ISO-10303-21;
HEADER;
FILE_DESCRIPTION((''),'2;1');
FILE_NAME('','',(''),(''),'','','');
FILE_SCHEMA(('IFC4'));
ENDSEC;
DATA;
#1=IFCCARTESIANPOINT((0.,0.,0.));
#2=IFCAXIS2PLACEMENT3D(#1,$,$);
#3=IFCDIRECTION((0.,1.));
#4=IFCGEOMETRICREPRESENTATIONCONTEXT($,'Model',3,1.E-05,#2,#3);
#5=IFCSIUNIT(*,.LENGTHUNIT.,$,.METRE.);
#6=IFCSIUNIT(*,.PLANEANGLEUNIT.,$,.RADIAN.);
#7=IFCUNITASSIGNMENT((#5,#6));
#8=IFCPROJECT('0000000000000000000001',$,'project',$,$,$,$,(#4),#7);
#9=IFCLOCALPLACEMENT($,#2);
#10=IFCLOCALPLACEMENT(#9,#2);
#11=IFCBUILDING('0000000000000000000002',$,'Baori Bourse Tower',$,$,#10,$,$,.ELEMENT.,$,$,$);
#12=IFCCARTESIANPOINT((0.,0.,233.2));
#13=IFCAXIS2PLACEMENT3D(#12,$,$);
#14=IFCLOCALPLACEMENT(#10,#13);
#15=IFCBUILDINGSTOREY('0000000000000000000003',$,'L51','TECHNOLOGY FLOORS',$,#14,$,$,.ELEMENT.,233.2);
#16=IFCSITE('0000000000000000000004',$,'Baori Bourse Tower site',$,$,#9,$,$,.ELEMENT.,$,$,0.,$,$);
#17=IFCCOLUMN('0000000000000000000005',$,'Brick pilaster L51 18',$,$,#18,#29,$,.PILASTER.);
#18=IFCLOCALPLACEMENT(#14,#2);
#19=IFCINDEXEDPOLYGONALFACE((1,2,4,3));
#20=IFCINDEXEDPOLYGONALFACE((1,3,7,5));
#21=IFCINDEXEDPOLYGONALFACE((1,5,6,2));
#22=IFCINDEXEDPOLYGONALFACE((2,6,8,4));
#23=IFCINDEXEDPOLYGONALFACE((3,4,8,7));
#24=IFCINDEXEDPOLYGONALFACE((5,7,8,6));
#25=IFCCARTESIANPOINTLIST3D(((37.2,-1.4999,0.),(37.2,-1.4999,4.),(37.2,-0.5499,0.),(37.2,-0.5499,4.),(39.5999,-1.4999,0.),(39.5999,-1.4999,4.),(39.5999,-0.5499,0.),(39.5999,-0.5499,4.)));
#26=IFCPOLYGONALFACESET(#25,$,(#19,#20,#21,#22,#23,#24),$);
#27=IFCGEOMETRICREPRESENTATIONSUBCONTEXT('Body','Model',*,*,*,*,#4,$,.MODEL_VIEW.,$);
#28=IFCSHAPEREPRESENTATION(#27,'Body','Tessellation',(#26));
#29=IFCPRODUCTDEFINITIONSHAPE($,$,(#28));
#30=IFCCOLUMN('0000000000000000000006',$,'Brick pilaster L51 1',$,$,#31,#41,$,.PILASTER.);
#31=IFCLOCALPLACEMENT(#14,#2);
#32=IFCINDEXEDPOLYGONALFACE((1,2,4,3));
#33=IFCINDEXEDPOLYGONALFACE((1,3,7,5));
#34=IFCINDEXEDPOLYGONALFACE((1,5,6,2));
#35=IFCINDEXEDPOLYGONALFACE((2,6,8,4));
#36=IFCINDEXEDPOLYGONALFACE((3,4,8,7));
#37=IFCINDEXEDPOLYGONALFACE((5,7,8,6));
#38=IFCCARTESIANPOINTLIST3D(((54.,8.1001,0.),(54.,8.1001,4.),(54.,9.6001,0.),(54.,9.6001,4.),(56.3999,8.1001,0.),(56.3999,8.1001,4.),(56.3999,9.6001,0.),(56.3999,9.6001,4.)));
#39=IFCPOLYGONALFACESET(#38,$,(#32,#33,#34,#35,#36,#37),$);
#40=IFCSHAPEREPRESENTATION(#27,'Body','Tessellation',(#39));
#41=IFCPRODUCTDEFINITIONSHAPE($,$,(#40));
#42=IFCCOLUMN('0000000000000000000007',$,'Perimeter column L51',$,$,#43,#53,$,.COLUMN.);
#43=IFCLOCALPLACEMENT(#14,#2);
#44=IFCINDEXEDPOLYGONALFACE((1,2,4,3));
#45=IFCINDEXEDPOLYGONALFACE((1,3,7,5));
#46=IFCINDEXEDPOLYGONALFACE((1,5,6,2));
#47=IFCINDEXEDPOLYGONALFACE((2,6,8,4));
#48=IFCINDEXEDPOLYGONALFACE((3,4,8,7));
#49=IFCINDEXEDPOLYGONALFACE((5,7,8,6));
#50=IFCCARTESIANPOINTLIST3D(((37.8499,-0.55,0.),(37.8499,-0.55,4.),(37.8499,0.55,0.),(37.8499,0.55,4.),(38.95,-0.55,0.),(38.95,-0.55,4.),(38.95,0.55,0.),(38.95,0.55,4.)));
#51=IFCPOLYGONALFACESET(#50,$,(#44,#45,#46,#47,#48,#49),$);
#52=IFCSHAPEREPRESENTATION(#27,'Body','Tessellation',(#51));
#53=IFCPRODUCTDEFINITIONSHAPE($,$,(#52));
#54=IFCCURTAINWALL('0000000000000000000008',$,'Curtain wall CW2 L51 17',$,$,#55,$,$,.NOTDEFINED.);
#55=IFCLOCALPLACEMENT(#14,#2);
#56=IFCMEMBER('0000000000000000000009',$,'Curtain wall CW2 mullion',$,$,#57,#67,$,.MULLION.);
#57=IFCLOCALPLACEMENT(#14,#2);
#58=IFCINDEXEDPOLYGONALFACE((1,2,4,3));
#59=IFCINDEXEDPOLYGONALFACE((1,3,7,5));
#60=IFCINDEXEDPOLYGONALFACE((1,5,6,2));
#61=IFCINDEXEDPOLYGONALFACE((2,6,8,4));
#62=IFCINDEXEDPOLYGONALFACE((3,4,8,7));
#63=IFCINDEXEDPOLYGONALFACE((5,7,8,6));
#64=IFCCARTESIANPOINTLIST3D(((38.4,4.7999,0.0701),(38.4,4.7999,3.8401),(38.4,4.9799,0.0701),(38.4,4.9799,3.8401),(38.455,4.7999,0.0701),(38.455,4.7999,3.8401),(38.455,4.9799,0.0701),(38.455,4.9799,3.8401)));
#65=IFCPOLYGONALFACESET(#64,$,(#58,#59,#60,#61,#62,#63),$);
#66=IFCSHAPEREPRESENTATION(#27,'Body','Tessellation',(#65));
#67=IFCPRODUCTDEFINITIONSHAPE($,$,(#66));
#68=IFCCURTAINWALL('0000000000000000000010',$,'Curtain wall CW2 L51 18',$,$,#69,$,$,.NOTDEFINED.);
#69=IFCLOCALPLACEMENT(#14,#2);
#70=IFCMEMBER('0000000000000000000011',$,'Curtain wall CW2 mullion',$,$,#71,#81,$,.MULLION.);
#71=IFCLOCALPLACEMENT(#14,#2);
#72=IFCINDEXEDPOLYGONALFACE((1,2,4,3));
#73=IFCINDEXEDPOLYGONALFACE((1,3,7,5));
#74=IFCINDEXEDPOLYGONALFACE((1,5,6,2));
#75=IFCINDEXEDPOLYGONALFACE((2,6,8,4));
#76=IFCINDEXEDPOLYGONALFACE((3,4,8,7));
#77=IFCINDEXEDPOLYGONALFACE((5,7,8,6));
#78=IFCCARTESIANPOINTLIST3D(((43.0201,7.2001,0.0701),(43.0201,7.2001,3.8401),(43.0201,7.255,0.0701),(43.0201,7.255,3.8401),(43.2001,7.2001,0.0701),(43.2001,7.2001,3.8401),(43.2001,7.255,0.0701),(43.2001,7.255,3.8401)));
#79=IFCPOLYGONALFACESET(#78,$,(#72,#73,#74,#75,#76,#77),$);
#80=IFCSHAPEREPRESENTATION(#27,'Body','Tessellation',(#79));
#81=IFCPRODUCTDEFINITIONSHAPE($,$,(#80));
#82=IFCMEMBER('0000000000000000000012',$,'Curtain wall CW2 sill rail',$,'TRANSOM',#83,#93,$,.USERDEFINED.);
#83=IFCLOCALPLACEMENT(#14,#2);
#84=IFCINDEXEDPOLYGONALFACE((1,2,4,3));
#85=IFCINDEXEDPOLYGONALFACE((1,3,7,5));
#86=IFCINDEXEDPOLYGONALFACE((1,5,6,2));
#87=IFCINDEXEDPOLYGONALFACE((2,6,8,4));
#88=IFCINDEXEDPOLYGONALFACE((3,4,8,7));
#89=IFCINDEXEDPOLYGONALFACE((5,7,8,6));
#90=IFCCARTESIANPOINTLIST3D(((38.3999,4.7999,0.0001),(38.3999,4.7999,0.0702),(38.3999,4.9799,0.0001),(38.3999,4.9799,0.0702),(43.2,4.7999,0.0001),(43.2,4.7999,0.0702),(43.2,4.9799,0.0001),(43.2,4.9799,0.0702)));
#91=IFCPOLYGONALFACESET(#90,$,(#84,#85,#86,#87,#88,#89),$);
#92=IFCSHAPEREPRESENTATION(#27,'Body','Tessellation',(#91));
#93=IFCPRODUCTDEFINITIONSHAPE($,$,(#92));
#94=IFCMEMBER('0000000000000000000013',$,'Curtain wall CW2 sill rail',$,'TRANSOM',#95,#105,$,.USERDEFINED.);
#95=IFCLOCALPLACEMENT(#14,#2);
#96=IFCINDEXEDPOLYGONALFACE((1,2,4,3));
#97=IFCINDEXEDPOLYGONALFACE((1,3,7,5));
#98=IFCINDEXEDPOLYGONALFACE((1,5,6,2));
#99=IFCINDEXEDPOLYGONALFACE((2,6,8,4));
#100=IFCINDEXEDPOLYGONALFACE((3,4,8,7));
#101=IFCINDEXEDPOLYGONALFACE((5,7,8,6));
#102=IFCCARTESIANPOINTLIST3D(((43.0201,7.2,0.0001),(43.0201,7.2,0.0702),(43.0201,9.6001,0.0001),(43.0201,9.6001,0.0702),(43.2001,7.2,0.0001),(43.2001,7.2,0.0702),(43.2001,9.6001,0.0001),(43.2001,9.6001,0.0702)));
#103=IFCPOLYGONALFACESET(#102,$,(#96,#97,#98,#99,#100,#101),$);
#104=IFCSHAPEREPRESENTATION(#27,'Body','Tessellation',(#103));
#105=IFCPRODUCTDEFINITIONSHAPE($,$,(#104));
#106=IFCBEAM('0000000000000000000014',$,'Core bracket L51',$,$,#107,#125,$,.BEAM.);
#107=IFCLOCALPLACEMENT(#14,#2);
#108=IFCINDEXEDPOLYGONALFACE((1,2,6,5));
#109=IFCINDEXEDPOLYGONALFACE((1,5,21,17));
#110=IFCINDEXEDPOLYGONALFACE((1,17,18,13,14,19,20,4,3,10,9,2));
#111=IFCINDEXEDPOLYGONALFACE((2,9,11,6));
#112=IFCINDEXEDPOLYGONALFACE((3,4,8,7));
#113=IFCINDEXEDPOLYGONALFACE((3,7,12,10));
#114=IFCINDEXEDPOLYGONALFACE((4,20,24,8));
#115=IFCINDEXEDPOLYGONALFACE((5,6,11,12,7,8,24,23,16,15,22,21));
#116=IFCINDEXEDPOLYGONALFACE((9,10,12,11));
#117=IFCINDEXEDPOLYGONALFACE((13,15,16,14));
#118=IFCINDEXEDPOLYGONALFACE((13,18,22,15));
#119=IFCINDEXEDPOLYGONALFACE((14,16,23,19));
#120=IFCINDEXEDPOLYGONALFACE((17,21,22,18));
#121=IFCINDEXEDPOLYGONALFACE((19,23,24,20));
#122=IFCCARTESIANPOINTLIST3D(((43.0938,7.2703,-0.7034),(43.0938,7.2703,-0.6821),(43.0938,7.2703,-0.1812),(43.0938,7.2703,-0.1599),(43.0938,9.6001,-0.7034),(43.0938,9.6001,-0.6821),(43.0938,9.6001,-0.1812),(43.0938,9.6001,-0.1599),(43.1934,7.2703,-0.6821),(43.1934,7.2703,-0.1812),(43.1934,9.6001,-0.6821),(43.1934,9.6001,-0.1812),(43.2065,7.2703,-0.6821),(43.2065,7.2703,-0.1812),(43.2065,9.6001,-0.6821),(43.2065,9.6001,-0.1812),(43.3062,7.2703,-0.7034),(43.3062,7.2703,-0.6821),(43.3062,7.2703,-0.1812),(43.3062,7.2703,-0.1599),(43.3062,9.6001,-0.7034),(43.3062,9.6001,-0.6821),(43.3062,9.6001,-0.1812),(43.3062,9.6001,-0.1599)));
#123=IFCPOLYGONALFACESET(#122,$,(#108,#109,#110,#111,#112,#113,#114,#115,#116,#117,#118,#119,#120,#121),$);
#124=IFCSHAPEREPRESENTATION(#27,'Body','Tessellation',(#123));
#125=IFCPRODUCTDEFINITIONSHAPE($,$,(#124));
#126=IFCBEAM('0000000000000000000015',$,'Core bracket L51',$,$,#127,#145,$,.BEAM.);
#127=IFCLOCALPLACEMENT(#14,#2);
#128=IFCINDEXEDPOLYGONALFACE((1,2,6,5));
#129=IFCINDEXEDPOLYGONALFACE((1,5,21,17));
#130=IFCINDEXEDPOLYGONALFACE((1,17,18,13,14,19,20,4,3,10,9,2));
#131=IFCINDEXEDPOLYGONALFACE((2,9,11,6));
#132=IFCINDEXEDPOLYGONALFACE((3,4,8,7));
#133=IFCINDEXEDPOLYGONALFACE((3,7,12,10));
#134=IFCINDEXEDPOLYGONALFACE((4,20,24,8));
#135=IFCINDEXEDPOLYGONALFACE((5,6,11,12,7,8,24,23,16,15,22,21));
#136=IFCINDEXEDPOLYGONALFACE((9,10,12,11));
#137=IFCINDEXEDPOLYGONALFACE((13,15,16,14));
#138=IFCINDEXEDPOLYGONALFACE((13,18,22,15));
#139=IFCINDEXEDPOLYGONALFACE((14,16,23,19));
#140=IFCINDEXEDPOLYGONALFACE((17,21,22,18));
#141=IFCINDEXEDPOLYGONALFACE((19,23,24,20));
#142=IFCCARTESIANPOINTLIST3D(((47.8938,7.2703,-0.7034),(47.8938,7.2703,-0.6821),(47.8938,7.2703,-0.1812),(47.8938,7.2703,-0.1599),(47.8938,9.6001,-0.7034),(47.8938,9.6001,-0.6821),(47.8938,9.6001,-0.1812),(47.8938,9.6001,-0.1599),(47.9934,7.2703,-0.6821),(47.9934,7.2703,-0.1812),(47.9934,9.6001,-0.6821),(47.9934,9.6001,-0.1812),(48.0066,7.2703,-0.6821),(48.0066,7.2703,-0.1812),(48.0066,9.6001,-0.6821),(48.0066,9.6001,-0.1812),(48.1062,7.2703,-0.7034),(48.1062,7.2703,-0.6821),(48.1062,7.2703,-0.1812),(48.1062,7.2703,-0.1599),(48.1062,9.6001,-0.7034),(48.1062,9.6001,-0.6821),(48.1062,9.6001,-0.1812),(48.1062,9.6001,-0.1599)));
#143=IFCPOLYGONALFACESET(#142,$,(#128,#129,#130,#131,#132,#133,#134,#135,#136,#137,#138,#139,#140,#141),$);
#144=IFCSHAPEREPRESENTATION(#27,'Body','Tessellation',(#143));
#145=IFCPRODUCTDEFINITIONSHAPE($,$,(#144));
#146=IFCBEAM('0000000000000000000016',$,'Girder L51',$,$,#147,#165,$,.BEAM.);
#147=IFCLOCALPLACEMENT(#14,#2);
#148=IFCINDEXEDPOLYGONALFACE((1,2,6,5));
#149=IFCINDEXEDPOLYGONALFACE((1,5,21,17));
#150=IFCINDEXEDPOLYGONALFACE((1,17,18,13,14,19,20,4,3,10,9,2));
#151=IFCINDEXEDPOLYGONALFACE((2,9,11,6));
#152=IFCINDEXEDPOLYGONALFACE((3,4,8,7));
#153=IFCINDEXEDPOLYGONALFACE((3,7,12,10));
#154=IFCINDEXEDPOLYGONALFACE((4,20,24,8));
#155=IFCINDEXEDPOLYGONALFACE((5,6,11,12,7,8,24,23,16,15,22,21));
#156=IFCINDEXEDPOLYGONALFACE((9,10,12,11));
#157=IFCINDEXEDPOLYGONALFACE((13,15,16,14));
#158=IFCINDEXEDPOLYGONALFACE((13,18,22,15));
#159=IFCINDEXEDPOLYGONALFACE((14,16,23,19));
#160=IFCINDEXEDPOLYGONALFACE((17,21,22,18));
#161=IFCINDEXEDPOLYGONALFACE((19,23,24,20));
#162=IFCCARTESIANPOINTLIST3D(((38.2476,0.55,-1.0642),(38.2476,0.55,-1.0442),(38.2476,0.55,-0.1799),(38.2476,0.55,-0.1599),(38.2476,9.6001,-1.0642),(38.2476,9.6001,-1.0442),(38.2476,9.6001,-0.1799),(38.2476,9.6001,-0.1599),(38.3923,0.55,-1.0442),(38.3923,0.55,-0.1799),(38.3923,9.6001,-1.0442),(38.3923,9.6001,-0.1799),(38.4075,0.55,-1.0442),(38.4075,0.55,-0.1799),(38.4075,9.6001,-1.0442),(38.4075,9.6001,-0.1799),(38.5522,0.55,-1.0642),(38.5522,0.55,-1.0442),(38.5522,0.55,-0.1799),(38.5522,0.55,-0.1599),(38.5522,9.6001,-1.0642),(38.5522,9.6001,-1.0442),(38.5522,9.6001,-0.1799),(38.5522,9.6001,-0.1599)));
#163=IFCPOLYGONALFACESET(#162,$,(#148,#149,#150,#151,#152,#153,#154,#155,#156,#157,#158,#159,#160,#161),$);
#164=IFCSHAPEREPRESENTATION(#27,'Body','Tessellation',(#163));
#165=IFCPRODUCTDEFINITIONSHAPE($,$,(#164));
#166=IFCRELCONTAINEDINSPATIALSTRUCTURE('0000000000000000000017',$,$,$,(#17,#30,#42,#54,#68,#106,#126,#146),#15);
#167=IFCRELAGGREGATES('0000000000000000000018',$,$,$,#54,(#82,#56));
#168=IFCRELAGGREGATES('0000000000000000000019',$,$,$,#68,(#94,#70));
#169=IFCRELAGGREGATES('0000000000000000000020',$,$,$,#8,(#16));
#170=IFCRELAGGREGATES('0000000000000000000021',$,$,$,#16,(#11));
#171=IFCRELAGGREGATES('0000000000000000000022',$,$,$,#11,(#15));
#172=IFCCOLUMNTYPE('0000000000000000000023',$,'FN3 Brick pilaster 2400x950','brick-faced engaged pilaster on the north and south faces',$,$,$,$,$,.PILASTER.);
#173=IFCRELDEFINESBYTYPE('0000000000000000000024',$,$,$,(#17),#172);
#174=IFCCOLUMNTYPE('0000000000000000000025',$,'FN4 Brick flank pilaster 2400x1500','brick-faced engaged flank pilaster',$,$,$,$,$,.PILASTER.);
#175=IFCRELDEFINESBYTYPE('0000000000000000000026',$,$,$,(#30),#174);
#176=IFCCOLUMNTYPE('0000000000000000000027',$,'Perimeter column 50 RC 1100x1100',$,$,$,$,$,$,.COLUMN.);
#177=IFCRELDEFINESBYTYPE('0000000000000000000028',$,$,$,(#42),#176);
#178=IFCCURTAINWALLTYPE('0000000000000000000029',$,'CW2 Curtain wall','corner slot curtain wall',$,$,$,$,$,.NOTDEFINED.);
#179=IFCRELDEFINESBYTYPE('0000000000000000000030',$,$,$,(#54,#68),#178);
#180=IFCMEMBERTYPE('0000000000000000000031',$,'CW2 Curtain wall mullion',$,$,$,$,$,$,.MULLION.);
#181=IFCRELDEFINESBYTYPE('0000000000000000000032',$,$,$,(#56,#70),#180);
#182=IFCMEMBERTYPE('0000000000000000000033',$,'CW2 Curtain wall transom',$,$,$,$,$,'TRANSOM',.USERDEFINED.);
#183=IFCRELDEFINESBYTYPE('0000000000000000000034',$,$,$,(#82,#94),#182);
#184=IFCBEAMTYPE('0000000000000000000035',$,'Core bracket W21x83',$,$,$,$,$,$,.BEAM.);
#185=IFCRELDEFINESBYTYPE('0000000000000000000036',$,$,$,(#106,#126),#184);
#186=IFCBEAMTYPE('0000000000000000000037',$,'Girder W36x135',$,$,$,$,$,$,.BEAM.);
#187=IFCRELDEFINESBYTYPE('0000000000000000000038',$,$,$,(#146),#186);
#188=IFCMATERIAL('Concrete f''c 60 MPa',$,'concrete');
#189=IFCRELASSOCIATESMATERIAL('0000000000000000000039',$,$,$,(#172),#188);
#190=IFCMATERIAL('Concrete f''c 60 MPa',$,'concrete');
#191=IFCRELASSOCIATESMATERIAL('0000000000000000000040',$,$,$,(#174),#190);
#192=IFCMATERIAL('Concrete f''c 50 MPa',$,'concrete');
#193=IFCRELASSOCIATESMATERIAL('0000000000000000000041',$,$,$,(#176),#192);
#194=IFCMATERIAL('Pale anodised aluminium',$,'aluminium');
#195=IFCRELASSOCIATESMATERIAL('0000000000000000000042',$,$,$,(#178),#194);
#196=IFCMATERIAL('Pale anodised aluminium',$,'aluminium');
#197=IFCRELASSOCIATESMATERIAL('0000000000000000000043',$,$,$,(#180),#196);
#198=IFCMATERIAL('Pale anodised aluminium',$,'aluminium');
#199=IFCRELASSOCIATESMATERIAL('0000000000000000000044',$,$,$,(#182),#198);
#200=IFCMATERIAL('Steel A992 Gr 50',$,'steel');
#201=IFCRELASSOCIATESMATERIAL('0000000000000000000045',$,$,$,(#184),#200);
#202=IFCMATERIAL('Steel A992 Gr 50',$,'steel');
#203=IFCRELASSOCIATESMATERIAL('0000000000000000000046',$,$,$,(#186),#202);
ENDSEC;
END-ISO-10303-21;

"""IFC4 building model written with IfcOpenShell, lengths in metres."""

from ifc_helpers import new_model, si_unit, direction, frame, origin, origin_2d, place, context, subcontext, project, spatial, rectangle, i_section, extrude, material, material_profile, profile_set, type_object, element, aggregate, save


model = new_model("IFC4")

# Units and contexts
model_context = context("Model", 3, precision=1e-05, world=origin(), true_north=direction((0.0, 1.0)))
body_context = subcontext(model_context, "Body", "Model", "MODEL_VIEW")
ifc_project = project(units=[si_unit("LENGTHUNIT", "METRE"), si_unit("PLANEANGLEUNIT", "RADIAN")], contexts=[model_context])

# Site, building, storey
site_placement = place(None, origin())
site = spatial("IfcSite", under=ifc_project, at=site_placement, Name="Baori Bourse Tower site", CompositionType="ELEMENT", RefElevation=0.0)
building_placement = place(site_placement, origin())
building = spatial("IfcBuilding", under=site, at=building_placement, Name="Baori Bourse Tower", CompositionType="ELEMENT")
storey_placement = place(building_placement, frame((0.0, 0.0, 233.2)))
storey = spatial("IfcBuildingStorey", under=building, at=storey_placement, Name="L51", Description="TECHNOLOGY FLOORS", CompositionType="ELEMENT", Elevation=233.2)

# Columns
ifc_material_1 = material(Name="Concrete f'c 60 MPa", Category="concrete")
ifc_material_profile_1 = material_profile(ifc_material_1, rectangle(XDim=2.3999, YDim=0.95, at=origin_2d()), Name="RC 2400x950")
ifc_profile_set_1 = profile_set([ifc_material_profile_1], Name="Concrete f'c 60 MPa")
column_type_1 = type_object("IfcColumnType", Name="FN3 Brick pilaster 2400x950", Description="brick-faced engaged pilaster on the north and south faces", PredefinedType="PILASTER", material=ifc_profile_set_1)
column_1_placement = place(storey_placement, frame((38.3999, -1.0249, 0.0), z_axis=(0.0, 0.0, 1.0), x_axis=(1.0, 0.0, 0.0)))
element("IfcColumn", 1, at=column_1_placement, inside=storey, type_object=column_type_1, Name="Brick pilaster L51 18", PredefinedType="PILASTER", context=body_context, shape_type="SweptSolid", body=[
    extrude(rectangle(XDim=2.3999, YDim=0.95, at=origin_2d()), origin(), (0.0, 0.0, 1.0), 4.0),
])
ifc_material_2 = material(Name="Concrete f'c 60 MPa", Category="concrete")
ifc_material_profile_2 = material_profile(ifc_material_2, rectangle(XDim=2.3999, YDim=1.5, at=origin_2d()), Name="RC 2400x1500")
ifc_profile_set_2 = profile_set([ifc_material_profile_2], Name="Concrete f'c 60 MPa")
column_type_2 = type_object("IfcColumnType", Name="FN4 Brick flank pilaster 2400x1500", Description="brick-faced engaged flank pilaster", PredefinedType="PILASTER", material=ifc_profile_set_2)
column_2_placement = place(storey_placement, frame((55.2, 8.8501, 0.0), z_axis=(0.0, 0.0, 1.0), x_axis=(1.0, 0.0, 0.0)))
element("IfcColumn", 2, at=column_2_placement, inside=storey, type_object=column_type_2, Name="Brick pilaster L51 1", PredefinedType="PILASTER", context=body_context, shape_type="SweptSolid", body=[
    extrude(rectangle(XDim=2.3999, YDim=1.5, at=origin_2d()), origin(), (0.0, 0.0, 1.0), 4.0),
])
ifc_material_3 = material(Name="Concrete f'c 50 MPa", Category="concrete")
ifc_material_profile_3 = material_profile(ifc_material_3, rectangle(XDim=1.1001, YDim=1.1001, at=origin_2d()), Name="RC 1100x1100")
ifc_profile_set_3 = profile_set([ifc_material_profile_3], Name="Concrete f'c 50 MPa")
column_type_3 = type_object("IfcColumnType", Name="Perimeter column 50 RC 1100x1100", PredefinedType="COLUMN", material=ifc_profile_set_3)
column_3_placement = place(storey_placement, frame((38.3999, 0.0, 0.0), z_axis=(0.0, 0.0, 1.0), x_axis=(1.0, 0.0, 0.0)))
element("IfcColumn", 3, at=column_3_placement, inside=storey, type_object=column_type_3, Name="Perimeter column L51", PredefinedType="COLUMN", context=body_context, shape_type="SweptSolid", body=[
    extrude(rectangle(XDim=1.1001, YDim=1.1001, at=origin_2d()), origin(), (0.0, 0.0, 1.0), 4.0),
])

# Curtain walls, members
ifc_material_4 = material(Name="Pale anodised aluminium", Category="aluminium")
curtain_wall_type = type_object("IfcCurtainWallType", Name="CW2 Curtain wall", Description="corner slot curtain wall", PredefinedType="NOTDEFINED", material=ifc_material_4)
curtain_wall_1_placement = place(storey_placement, origin())
curtain_wall_1 = element("IfcCurtainWall", 4, at=curtain_wall_1_placement, inside=storey, type_object=curtain_wall_type, Name="Curtain wall CW2 L51 17", PredefinedType="NOTDEFINED")
ifc_material_5 = material(Name="Pale anodised aluminium", Category="aluminium")
ifc_material_profile_4 = material_profile(ifc_material_5, rectangle(XDim=0.1799, YDim=0.0549, at=origin_2d()), Name="Mullion 55x180")
ifc_profile_set_4 = profile_set([ifc_material_profile_4], Name="Pale anodised aluminium")
member_type_1 = type_object("IfcMemberType", Name="CW2 Curtain wall mullion", PredefinedType="MULLION", material=ifc_profile_set_4)
member_1_placement = place(storey_placement, frame((38.4275, 4.8899, 0.0701), z_axis=(0.0, 0.0, 1.0), x_axis=(0.0, 1.0, 0.0)))
member_1 = element("IfcMember", 5, at=member_1_placement, type_object=member_type_1, Name="Curtain wall CW2 mullion", PredefinedType="MULLION", context=body_context, shape_type="SweptSolid", body=[
    extrude(rectangle(XDim=0.1799, YDim=0.0549, at=origin_2d()), origin(), (0.0, 0.0, 1.0), 3.77),
])
curtain_wall_2_placement = place(storey_placement, origin())
curtain_wall_2 = element("IfcCurtainWall", 6, at=curtain_wall_2_placement, inside=storey, type_object=curtain_wall_type, Name="Curtain wall CW2 L51 18", PredefinedType="NOTDEFINED")
member_2_placement = place(storey_placement, frame((43.1101, 7.2275, 0.0701), z_axis=(0.0, 0.0, 1.0), x_axis=(-1.0, 0.0, 0.0)))
member_2 = element("IfcMember", 7, at=member_2_placement, type_object=member_type_1, Name="Curtain wall CW2 mullion", PredefinedType="MULLION", context=body_context, shape_type="SweptSolid", body=[
    extrude(rectangle(XDim=0.1799, YDim=0.0549, at=origin_2d()), origin(), (0.0, 0.0, 1.0), 3.77),
])

# Members
ifc_material_6 = material(Name="Pale anodised aluminium", Category="aluminium")
ifc_material_profile_5 = material_profile(ifc_material_6, rectangle(XDim=0.1799, YDim=0.0701, at=origin_2d()), Name="Transom 70x180")
ifc_profile_set_5 = profile_set([ifc_material_profile_5], Name="Pale anodised aluminium")
member_type_2 = type_object("IfcMemberType", Name="CW2 Curtain wall transom", ElementType="TRANSOM", PredefinedType="USERDEFINED", material=ifc_profile_set_5)
member_3_placement = place(storey_placement, frame((38.3999, 4.8899, 0.0352), z_axis=(1.0, 0.0, 0.0), x_axis=(0.0, 1.0, 0.0)))
member_3 = element("IfcMember", 8, at=member_3_placement, type_object=member_type_2, Name="Curtain wall CW2 sill rail", ObjectType="TRANSOM", PredefinedType="USERDEFINED", context=body_context, shape_type="SweptSolid", body=[
    extrude(rectangle(XDim=0.1799, YDim=0.0701, at=origin_2d()), origin(), (0.0, 0.0, 1.0), 4.8),
])
member_4_placement = place(storey_placement, frame((43.1101, 7.2, 0.0352), z_axis=(0.0, 1.0, 0.0), x_axis=(-1.0, 0.0, 0.0)))
member_4 = element("IfcMember", 9, at=member_4_placement, type_object=member_type_2, Name="Curtain wall CW2 sill rail", ObjectType="TRANSOM", PredefinedType="USERDEFINED", context=body_context, shape_type="SweptSolid", body=[
    extrude(rectangle(XDim=0.1799, YDim=0.0701, at=origin_2d()), origin(), (0.0, 0.0, 1.0), 2.4001),
])

# Beams
ifc_material_7 = material(Name="Steel A992 Gr 50", Category="steel")
ifc_material_profile_6 = material_profile(ifc_material_7, i_section(OverallWidth=0.2124, OverallDepth=0.5435, WebThickness=0.0132, FlangeThickness=0.0212, at=origin_2d()), Name="W21x83")
ifc_profile_set_6 = profile_set([ifc_material_profile_6], Name="Steel A992 Gr 50")
beam_type_1 = type_object("IfcBeamType", Name="Core bracket W21x83", PredefinedType="BEAM", material=ifc_profile_set_6)
for number, where, z_axis, x_axis, name in (
    (10, (43.2, 7.2703, -0.4316), (0.0, 1.0, 0.0), (-1.0, 0.0, 0.0), "Core bracket L51"),
    (11, (48.0, 7.2703, -0.4316), (0.0, 1.0, 0.0), (-1.0, 0.0, 0.0), "Core bracket L51"),
):
    element("IfcBeam", number, at=place(storey_placement, frame(where, z_axis=z_axis, x_axis=x_axis)), inside=storey, type_object=beam_type_1, Name=name, PredefinedType="BEAM", context=body_context, shape_type="SweptSolid", body=[
        extrude(i_section(OverallWidth=0.2124, OverallDepth=0.5435, WebThickness=0.0132, FlangeThickness=0.0212, at=origin_2d()), origin(), (0.0, 0.0, 1.0), 2.3298),
    ])
ifc_material_8 = material(Name="Steel A992 Gr 50", Category="steel")
ifc_material_profile_7 = material_profile(ifc_material_8, i_section(OverallWidth=0.3047, OverallDepth=0.9043, WebThickness=0.0151, FlangeThickness=0.02, at=origin_2d()), Name="W36x135")
ifc_profile_set_7 = profile_set([ifc_material_profile_7], Name="Steel A992 Gr 50")
beam_type_2 = type_object("IfcBeamType", Name="Girder W36x135", PredefinedType="BEAM", material=ifc_profile_set_7)
beam_1_placement = place(storey_placement, frame((38.3999, 0.55, -0.6121), z_axis=(0.0, 1.0, 0.0), x_axis=(-1.0, 0.0, 0.0)))
element("IfcBeam", 12, at=beam_1_placement, inside=storey, type_object=beam_type_2, Name="Girder L51", PredefinedType="BEAM", context=body_context, shape_type="SweptSolid", body=[
    extrude(i_section(OverallWidth=0.3047, OverallDepth=0.9043, WebThickness=0.0151, FlangeThickness=0.02, at=origin_2d()), origin(), (0.0, 0.0, 1.0), 9.05),
])

aggregate(curtain_wall_1, [member_3, member_1])
aggregate(curtain_wall_2, [member_4, member_2])

save(model, "model.ifc")
